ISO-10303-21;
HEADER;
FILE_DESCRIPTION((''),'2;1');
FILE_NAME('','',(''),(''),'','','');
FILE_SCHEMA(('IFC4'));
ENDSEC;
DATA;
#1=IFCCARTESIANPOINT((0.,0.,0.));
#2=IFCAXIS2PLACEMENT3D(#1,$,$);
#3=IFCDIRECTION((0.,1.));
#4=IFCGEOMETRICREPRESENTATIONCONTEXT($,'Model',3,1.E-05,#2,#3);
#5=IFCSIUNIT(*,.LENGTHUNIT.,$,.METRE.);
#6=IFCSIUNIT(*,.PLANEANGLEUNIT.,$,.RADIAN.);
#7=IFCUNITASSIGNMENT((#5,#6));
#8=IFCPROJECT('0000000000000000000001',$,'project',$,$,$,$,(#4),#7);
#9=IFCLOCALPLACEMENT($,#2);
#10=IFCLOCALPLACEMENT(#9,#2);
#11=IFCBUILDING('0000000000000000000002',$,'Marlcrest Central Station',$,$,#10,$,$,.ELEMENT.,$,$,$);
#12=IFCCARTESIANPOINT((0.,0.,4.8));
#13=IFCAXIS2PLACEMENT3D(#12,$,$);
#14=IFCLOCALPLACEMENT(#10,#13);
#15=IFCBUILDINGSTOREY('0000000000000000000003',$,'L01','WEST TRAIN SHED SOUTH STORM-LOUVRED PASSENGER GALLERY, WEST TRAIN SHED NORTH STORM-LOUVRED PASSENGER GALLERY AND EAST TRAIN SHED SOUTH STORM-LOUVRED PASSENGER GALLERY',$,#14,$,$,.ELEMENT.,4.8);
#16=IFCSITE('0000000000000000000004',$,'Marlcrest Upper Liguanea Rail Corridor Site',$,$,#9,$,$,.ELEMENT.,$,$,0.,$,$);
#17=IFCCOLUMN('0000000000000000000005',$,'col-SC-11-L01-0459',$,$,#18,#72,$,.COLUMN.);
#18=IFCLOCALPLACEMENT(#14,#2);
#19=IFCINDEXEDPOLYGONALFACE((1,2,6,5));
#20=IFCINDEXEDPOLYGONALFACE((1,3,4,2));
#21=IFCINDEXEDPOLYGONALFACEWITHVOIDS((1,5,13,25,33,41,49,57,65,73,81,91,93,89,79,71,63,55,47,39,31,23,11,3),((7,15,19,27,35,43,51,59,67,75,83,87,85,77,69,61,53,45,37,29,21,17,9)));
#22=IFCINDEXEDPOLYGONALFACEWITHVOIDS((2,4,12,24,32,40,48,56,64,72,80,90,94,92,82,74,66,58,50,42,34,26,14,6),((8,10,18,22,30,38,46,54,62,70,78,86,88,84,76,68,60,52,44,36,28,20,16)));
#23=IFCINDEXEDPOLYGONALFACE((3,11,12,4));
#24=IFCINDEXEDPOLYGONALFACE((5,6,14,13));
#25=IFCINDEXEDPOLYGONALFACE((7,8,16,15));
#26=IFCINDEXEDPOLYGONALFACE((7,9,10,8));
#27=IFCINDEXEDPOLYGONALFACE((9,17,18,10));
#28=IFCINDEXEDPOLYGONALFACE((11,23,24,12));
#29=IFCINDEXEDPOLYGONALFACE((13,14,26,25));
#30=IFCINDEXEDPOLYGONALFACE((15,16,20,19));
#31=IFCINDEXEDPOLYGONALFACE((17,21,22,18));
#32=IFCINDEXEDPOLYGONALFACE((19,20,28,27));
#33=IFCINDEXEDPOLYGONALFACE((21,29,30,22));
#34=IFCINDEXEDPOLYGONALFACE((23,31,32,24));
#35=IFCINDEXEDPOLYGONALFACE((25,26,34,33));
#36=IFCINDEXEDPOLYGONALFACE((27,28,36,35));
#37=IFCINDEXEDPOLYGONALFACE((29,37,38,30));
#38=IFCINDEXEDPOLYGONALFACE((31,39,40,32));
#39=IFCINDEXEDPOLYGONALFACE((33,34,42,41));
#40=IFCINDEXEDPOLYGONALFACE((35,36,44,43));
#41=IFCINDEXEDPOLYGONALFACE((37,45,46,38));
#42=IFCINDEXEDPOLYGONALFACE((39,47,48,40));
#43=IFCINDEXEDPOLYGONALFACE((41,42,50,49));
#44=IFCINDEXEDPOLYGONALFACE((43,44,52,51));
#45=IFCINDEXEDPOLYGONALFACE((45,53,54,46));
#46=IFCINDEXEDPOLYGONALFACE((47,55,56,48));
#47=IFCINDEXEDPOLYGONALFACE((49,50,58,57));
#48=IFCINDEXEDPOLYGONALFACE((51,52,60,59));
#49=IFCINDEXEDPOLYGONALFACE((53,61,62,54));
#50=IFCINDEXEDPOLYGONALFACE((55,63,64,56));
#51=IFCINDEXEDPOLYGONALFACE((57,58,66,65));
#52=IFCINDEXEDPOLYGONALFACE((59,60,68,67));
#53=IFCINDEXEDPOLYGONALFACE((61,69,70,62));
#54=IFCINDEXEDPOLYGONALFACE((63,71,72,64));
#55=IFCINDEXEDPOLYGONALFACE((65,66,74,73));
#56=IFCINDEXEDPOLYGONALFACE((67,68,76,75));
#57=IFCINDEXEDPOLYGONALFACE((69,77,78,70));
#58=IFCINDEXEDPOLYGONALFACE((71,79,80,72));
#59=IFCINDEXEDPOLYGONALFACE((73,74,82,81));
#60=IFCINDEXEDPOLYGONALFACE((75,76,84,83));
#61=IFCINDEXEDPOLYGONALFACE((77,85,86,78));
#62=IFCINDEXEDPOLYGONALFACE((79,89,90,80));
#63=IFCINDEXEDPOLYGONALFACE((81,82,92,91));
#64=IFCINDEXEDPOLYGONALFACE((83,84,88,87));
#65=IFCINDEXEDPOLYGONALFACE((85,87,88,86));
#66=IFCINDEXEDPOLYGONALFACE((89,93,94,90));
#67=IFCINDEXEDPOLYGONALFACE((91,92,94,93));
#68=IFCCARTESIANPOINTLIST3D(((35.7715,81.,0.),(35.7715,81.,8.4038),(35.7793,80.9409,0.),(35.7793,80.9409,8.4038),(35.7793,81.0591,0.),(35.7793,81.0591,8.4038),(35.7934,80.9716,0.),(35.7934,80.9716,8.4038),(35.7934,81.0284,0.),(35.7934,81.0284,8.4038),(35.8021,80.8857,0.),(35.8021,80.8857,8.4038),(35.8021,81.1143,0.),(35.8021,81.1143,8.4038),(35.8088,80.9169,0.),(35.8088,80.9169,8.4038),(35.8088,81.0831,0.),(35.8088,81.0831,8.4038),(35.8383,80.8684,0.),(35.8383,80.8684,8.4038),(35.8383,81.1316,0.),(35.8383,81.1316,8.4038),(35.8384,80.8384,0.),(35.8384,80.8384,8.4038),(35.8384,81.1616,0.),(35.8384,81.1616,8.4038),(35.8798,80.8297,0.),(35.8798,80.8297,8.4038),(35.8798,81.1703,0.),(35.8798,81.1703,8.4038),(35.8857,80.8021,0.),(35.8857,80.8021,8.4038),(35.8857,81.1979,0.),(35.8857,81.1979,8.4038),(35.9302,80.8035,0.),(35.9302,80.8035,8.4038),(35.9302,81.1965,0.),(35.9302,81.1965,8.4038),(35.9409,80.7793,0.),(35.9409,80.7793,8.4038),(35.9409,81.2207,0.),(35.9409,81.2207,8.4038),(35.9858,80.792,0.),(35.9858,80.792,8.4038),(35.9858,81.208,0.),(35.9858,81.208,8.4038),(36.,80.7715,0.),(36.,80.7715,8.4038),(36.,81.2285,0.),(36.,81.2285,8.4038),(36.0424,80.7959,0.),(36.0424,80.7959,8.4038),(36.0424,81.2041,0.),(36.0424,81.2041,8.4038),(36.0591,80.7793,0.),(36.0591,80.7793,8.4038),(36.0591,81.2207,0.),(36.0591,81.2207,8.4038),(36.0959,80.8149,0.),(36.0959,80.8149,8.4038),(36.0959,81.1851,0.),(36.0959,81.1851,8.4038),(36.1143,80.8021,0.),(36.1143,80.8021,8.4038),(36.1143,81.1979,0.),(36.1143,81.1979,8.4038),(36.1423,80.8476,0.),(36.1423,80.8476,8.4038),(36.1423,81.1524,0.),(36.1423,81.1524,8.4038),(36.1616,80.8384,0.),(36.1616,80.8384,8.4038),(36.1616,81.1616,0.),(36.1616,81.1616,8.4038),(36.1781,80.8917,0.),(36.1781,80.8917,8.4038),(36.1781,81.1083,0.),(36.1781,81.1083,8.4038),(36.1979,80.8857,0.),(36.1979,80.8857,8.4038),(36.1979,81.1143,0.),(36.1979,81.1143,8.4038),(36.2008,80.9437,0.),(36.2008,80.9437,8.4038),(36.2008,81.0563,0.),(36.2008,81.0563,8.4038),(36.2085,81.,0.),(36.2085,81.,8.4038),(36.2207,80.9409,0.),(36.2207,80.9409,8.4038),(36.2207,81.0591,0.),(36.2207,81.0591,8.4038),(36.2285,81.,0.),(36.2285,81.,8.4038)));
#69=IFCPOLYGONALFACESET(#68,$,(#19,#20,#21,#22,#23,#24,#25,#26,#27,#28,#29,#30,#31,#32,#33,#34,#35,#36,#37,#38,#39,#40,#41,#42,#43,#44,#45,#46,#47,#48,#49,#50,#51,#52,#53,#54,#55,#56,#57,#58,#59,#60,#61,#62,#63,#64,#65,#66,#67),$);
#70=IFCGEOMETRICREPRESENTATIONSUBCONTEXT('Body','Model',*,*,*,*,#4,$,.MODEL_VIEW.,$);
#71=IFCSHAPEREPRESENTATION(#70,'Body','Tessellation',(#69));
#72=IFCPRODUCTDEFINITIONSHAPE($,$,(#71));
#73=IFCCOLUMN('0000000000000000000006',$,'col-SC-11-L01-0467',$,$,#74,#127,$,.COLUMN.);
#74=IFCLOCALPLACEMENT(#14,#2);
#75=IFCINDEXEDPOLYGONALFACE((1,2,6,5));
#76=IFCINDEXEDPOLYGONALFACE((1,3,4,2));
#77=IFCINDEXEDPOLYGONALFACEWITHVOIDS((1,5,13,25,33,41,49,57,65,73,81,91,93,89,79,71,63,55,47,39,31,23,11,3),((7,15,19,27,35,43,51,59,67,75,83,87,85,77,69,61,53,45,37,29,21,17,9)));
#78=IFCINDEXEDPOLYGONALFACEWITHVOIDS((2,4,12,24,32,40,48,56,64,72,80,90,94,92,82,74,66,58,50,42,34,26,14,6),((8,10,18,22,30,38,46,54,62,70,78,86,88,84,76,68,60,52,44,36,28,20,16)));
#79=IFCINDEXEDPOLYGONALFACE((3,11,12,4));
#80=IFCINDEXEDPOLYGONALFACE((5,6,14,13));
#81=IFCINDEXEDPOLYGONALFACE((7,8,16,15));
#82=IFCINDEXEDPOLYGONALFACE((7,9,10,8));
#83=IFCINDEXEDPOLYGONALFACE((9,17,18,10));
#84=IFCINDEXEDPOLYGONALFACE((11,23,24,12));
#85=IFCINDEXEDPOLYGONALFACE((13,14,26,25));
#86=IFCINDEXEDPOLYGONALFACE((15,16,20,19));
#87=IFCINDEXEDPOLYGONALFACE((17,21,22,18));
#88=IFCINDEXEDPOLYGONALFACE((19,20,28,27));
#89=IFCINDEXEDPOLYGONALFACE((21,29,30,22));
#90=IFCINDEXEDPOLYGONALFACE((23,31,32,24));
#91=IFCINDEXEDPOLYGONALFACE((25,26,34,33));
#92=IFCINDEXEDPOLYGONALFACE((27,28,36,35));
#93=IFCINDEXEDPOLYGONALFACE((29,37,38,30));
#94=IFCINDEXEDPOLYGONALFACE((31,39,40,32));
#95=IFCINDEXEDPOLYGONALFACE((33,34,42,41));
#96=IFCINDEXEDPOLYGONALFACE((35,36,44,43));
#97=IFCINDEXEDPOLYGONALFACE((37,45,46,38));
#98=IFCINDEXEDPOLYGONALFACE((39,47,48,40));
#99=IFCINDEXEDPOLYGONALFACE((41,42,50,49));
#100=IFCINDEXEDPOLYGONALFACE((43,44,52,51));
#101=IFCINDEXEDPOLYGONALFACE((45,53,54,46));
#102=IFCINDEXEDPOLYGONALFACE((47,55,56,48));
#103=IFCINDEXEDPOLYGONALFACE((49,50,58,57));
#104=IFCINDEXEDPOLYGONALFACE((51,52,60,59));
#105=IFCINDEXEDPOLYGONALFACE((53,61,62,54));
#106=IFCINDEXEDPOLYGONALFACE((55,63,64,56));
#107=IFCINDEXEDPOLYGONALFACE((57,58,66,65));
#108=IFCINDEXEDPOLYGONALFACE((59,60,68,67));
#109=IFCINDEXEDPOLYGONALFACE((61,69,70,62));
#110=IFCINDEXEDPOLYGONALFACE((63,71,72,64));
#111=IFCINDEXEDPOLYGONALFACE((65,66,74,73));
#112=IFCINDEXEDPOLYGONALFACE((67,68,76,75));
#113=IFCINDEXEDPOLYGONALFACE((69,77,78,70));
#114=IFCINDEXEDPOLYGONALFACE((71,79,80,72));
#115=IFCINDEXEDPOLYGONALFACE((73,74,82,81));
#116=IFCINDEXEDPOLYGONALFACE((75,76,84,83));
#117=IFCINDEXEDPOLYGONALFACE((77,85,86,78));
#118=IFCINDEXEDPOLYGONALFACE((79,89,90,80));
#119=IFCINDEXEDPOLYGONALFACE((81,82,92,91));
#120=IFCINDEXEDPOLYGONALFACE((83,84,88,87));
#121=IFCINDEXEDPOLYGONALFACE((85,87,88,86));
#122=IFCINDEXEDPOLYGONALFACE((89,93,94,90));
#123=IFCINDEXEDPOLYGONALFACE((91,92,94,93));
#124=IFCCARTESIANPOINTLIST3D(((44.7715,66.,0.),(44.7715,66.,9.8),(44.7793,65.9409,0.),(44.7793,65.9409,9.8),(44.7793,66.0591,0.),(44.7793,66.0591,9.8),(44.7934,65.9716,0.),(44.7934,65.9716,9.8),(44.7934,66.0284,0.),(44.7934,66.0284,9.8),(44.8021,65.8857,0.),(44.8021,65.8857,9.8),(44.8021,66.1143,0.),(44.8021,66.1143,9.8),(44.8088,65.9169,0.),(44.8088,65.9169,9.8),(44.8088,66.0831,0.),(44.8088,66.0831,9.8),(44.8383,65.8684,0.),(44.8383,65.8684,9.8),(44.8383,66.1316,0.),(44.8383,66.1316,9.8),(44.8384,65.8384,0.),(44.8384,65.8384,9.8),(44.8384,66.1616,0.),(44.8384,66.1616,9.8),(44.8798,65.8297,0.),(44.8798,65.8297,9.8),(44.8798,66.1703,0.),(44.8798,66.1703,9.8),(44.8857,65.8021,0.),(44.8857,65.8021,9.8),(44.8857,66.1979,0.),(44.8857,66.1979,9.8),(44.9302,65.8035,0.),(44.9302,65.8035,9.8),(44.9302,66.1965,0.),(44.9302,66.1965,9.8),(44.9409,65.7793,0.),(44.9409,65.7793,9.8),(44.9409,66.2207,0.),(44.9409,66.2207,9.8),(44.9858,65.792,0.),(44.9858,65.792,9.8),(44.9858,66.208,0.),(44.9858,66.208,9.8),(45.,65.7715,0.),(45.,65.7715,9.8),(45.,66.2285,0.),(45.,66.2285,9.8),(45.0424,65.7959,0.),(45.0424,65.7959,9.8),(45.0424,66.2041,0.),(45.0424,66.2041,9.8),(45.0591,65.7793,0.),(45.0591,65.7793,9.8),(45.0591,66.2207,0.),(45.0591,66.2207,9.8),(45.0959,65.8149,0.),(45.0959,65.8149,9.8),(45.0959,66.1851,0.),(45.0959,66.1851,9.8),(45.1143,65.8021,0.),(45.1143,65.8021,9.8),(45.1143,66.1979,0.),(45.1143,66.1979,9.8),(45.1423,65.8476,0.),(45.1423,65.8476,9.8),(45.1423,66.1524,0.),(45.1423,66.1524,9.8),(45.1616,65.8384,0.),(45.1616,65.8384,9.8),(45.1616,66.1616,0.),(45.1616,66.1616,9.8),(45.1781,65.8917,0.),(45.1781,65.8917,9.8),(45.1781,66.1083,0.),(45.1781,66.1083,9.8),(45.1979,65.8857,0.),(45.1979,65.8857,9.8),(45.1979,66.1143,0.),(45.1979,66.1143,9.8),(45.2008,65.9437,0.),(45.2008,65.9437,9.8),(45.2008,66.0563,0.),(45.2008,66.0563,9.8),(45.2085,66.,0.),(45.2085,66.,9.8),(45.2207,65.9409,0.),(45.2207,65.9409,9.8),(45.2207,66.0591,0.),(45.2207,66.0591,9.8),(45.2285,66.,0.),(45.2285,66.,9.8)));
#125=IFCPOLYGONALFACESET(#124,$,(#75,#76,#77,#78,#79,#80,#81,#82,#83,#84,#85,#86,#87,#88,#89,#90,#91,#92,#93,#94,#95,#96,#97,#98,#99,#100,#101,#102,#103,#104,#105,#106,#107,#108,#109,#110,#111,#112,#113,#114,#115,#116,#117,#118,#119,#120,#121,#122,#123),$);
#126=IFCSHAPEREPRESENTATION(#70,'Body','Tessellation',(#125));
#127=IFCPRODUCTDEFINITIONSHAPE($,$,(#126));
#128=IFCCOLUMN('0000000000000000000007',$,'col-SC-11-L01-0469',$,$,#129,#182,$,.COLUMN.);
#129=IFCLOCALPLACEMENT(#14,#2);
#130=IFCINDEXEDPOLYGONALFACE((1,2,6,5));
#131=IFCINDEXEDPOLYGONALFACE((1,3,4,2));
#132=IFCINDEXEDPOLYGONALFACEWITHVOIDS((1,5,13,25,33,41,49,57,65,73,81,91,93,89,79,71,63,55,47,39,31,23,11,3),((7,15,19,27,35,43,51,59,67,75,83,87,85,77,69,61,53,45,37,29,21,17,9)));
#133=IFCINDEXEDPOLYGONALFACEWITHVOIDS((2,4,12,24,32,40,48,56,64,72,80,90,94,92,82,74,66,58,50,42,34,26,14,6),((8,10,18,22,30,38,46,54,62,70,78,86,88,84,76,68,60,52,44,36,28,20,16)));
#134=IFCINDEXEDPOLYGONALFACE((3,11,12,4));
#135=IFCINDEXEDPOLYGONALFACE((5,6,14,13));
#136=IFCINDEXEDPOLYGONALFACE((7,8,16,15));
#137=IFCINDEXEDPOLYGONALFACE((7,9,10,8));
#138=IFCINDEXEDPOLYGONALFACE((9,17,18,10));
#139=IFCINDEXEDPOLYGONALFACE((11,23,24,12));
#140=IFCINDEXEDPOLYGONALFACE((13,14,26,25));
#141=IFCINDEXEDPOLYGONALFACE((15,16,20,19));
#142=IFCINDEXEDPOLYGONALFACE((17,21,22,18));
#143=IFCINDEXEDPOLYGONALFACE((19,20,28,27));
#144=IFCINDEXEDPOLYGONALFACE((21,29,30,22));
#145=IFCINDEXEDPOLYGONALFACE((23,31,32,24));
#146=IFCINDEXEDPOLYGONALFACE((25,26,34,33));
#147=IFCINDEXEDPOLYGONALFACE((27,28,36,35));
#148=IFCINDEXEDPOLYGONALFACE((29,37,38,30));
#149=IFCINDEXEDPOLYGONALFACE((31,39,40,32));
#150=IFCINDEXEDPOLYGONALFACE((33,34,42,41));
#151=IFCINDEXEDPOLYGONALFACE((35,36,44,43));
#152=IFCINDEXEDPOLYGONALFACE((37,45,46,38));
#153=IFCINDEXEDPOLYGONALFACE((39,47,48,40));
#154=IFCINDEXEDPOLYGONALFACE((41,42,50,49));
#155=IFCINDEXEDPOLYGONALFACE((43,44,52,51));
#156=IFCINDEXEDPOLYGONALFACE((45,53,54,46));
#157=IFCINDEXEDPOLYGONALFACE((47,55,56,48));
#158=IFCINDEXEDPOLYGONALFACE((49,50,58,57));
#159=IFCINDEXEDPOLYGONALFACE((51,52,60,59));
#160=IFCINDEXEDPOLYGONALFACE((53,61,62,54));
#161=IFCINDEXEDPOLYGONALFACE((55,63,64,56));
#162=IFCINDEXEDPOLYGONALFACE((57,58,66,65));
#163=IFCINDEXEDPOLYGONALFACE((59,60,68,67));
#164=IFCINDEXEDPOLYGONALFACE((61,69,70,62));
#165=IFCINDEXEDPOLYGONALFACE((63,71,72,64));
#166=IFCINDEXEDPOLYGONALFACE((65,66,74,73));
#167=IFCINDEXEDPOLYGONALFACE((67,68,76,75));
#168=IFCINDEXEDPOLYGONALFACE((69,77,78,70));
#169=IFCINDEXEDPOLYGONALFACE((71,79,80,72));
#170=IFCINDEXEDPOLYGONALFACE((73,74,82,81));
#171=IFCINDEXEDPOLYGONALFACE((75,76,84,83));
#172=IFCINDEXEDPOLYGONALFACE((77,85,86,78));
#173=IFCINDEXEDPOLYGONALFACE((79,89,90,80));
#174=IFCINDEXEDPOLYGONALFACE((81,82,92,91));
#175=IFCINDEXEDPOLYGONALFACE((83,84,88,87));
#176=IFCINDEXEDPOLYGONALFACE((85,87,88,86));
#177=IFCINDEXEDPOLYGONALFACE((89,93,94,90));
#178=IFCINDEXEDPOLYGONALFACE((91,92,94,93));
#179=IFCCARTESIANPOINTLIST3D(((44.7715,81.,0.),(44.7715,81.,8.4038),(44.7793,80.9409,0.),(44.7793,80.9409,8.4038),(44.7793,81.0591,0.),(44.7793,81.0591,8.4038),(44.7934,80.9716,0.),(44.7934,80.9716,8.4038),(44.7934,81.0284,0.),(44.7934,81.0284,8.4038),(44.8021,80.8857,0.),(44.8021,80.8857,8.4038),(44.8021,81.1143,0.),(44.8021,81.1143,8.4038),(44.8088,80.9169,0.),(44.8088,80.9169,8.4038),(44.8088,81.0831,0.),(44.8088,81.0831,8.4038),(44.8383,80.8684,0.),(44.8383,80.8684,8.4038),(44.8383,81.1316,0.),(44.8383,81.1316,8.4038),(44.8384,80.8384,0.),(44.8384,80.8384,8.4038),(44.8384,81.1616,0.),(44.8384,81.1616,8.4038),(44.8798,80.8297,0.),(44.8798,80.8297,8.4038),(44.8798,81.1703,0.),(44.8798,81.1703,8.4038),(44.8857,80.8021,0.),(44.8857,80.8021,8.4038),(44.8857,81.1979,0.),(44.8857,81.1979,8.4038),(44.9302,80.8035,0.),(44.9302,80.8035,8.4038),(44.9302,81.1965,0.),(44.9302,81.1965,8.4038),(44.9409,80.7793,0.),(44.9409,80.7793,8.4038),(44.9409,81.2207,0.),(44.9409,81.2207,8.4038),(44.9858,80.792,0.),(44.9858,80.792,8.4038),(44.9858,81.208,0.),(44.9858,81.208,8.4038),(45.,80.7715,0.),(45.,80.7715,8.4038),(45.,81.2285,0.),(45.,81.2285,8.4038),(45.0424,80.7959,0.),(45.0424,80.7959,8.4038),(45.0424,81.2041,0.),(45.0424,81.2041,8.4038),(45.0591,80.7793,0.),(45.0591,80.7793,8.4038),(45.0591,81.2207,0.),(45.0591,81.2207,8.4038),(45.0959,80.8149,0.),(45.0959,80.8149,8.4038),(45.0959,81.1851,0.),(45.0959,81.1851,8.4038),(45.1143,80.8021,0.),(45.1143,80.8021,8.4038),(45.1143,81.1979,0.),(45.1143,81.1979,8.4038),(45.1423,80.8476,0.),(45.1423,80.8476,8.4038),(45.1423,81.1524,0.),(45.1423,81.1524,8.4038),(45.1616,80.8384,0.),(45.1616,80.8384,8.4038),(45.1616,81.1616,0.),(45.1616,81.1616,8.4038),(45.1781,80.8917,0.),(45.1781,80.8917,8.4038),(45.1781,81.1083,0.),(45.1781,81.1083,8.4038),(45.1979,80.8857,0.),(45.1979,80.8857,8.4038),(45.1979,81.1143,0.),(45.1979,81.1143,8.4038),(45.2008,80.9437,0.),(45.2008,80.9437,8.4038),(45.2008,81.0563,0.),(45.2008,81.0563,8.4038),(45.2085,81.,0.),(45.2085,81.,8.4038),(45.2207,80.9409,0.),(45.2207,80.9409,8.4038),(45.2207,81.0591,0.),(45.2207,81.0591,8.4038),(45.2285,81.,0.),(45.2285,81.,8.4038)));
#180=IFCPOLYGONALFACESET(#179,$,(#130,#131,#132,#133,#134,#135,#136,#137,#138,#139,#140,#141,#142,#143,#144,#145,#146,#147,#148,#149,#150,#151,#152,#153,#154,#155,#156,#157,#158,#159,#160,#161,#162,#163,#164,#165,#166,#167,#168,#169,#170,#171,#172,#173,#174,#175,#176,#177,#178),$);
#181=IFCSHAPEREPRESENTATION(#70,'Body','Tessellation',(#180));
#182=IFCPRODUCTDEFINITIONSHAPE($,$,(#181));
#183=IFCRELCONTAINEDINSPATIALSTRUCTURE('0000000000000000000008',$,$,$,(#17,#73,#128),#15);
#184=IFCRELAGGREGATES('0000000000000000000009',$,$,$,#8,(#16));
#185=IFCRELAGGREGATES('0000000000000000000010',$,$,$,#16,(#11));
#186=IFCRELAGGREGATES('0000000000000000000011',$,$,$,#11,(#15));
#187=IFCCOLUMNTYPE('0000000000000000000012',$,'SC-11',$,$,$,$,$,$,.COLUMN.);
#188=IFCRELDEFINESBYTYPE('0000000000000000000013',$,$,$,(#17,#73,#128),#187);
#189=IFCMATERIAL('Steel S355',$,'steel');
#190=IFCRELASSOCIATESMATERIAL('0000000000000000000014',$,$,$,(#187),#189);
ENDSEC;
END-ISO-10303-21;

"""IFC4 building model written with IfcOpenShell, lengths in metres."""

from ifc_helpers import new_model, si_unit, direction, frame, origin, origin_2d, place, context, subcontext, project, spatial, hollow_circle, extrude, material, material_profile, profile_set, type_object, element, save


model = new_model("IFC4")

# Units and contexts
model_context = context("Model", 3, precision=1e-05, world=origin(), true_north=direction((0.0, 1.0)))
body_context = subcontext(model_context, "Body", "Model", "MODEL_VIEW")
ifc_project = project(units=[si_unit("LENGTHUNIT", "METRE"), si_unit("PLANEANGLEUNIT", "RADIAN")], contexts=[model_context])

# Site, building, storey
site_placement = place(None, origin())
site = spatial("IfcSite", under=ifc_project, at=site_placement, Name="Marlcrest Upper Liguanea Rail Corridor Site", CompositionType="ELEMENT", RefElevation=0.0)
building_placement = place(site_placement, origin())
building = spatial("IfcBuilding", under=site, at=building_placement, Name="Marlcrest Central Station", CompositionType="ELEMENT")
storey_placement = place(building_placement, frame((0.0, 0.0, 4.8)))
storey = spatial("IfcBuildingStorey", under=building, at=storey_placement, Name="L01", Description="WEST TRAIN SHED SOUTH STORM-LOUVRED PASSENGER GALLERY, WEST TRAIN SHED NORTH STORM-LOUVRED PASSENGER GALLERY AND EAST TRAIN SHED SOUTH STORM-LOUVRED PASSENGER GALLERY", CompositionType="ELEMENT", Elevation=4.8)

# Columns
ifc_material = material(Name="Steel S355", Category="steel")
ifc_material_profile = material_profile(ifc_material, hollow_circle(Radius=0.2285, WallThickness=0.02, at=origin_2d()), Name="CHS 457x20")
ifc_profile_set = profile_set([ifc_material_profile], Name="Steel S355")
column_type = type_object("IfcColumnType", Name="SC-11", PredefinedType="COLUMN", material=ifc_profile_set)
column_1_placement = place(storey_placement, frame((36.0, 81.0, 0.0), z_axis=(0.0, 0.0, 1.0), x_axis=(1.0, 0.0, 0.0)))
element("IfcColumn", 1, at=column_1_placement, inside=storey, type_object=column_type, Name="col-SC-11-L01-0459", PredefinedType="COLUMN", context=body_context, shape_type="SweptSolid", body=[
    extrude(hollow_circle(Radius=0.2285, WallThickness=0.02, at=origin_2d()), origin(), (0.0, 0.0, 1.0), 8.4038),
])
column_2_placement = place(storey_placement, frame((45.0, 66.0, 0.0), z_axis=(0.0, 0.0, 1.0), x_axis=(1.0, 0.0, 0.0)))
element("IfcColumn", 2, at=column_2_placement, inside=storey, type_object=column_type, Name="col-SC-11-L01-0467", PredefinedType="COLUMN", context=body_context, shape_type="SweptSolid", body=[
    extrude(hollow_circle(Radius=0.2285, WallThickness=0.02, at=origin_2d()), origin(), (0.0, 0.0, 1.0), 9.8),
])
for number, where, z_axis, x_axis, name in (
    (3, (45.0, 81.0, 0.0), (0.0, 0.0, 1.0), (1.0, 0.0, 0.0), "col-SC-11-L01-0469"),
):
    element("IfcColumn", number, at=place(storey_placement, frame(where, z_axis=z_axis, x_axis=x_axis)), inside=storey, type_object=column_type, Name=name, PredefinedType="COLUMN", context=body_context, shape_type="SweptSolid", body=[
        extrude(hollow_circle(Radius=0.2285, WallThickness=0.02, at=origin_2d()), origin(), (0.0, 0.0, 1.0), 8.4038),
    ])

save(model, "model.ifc")
